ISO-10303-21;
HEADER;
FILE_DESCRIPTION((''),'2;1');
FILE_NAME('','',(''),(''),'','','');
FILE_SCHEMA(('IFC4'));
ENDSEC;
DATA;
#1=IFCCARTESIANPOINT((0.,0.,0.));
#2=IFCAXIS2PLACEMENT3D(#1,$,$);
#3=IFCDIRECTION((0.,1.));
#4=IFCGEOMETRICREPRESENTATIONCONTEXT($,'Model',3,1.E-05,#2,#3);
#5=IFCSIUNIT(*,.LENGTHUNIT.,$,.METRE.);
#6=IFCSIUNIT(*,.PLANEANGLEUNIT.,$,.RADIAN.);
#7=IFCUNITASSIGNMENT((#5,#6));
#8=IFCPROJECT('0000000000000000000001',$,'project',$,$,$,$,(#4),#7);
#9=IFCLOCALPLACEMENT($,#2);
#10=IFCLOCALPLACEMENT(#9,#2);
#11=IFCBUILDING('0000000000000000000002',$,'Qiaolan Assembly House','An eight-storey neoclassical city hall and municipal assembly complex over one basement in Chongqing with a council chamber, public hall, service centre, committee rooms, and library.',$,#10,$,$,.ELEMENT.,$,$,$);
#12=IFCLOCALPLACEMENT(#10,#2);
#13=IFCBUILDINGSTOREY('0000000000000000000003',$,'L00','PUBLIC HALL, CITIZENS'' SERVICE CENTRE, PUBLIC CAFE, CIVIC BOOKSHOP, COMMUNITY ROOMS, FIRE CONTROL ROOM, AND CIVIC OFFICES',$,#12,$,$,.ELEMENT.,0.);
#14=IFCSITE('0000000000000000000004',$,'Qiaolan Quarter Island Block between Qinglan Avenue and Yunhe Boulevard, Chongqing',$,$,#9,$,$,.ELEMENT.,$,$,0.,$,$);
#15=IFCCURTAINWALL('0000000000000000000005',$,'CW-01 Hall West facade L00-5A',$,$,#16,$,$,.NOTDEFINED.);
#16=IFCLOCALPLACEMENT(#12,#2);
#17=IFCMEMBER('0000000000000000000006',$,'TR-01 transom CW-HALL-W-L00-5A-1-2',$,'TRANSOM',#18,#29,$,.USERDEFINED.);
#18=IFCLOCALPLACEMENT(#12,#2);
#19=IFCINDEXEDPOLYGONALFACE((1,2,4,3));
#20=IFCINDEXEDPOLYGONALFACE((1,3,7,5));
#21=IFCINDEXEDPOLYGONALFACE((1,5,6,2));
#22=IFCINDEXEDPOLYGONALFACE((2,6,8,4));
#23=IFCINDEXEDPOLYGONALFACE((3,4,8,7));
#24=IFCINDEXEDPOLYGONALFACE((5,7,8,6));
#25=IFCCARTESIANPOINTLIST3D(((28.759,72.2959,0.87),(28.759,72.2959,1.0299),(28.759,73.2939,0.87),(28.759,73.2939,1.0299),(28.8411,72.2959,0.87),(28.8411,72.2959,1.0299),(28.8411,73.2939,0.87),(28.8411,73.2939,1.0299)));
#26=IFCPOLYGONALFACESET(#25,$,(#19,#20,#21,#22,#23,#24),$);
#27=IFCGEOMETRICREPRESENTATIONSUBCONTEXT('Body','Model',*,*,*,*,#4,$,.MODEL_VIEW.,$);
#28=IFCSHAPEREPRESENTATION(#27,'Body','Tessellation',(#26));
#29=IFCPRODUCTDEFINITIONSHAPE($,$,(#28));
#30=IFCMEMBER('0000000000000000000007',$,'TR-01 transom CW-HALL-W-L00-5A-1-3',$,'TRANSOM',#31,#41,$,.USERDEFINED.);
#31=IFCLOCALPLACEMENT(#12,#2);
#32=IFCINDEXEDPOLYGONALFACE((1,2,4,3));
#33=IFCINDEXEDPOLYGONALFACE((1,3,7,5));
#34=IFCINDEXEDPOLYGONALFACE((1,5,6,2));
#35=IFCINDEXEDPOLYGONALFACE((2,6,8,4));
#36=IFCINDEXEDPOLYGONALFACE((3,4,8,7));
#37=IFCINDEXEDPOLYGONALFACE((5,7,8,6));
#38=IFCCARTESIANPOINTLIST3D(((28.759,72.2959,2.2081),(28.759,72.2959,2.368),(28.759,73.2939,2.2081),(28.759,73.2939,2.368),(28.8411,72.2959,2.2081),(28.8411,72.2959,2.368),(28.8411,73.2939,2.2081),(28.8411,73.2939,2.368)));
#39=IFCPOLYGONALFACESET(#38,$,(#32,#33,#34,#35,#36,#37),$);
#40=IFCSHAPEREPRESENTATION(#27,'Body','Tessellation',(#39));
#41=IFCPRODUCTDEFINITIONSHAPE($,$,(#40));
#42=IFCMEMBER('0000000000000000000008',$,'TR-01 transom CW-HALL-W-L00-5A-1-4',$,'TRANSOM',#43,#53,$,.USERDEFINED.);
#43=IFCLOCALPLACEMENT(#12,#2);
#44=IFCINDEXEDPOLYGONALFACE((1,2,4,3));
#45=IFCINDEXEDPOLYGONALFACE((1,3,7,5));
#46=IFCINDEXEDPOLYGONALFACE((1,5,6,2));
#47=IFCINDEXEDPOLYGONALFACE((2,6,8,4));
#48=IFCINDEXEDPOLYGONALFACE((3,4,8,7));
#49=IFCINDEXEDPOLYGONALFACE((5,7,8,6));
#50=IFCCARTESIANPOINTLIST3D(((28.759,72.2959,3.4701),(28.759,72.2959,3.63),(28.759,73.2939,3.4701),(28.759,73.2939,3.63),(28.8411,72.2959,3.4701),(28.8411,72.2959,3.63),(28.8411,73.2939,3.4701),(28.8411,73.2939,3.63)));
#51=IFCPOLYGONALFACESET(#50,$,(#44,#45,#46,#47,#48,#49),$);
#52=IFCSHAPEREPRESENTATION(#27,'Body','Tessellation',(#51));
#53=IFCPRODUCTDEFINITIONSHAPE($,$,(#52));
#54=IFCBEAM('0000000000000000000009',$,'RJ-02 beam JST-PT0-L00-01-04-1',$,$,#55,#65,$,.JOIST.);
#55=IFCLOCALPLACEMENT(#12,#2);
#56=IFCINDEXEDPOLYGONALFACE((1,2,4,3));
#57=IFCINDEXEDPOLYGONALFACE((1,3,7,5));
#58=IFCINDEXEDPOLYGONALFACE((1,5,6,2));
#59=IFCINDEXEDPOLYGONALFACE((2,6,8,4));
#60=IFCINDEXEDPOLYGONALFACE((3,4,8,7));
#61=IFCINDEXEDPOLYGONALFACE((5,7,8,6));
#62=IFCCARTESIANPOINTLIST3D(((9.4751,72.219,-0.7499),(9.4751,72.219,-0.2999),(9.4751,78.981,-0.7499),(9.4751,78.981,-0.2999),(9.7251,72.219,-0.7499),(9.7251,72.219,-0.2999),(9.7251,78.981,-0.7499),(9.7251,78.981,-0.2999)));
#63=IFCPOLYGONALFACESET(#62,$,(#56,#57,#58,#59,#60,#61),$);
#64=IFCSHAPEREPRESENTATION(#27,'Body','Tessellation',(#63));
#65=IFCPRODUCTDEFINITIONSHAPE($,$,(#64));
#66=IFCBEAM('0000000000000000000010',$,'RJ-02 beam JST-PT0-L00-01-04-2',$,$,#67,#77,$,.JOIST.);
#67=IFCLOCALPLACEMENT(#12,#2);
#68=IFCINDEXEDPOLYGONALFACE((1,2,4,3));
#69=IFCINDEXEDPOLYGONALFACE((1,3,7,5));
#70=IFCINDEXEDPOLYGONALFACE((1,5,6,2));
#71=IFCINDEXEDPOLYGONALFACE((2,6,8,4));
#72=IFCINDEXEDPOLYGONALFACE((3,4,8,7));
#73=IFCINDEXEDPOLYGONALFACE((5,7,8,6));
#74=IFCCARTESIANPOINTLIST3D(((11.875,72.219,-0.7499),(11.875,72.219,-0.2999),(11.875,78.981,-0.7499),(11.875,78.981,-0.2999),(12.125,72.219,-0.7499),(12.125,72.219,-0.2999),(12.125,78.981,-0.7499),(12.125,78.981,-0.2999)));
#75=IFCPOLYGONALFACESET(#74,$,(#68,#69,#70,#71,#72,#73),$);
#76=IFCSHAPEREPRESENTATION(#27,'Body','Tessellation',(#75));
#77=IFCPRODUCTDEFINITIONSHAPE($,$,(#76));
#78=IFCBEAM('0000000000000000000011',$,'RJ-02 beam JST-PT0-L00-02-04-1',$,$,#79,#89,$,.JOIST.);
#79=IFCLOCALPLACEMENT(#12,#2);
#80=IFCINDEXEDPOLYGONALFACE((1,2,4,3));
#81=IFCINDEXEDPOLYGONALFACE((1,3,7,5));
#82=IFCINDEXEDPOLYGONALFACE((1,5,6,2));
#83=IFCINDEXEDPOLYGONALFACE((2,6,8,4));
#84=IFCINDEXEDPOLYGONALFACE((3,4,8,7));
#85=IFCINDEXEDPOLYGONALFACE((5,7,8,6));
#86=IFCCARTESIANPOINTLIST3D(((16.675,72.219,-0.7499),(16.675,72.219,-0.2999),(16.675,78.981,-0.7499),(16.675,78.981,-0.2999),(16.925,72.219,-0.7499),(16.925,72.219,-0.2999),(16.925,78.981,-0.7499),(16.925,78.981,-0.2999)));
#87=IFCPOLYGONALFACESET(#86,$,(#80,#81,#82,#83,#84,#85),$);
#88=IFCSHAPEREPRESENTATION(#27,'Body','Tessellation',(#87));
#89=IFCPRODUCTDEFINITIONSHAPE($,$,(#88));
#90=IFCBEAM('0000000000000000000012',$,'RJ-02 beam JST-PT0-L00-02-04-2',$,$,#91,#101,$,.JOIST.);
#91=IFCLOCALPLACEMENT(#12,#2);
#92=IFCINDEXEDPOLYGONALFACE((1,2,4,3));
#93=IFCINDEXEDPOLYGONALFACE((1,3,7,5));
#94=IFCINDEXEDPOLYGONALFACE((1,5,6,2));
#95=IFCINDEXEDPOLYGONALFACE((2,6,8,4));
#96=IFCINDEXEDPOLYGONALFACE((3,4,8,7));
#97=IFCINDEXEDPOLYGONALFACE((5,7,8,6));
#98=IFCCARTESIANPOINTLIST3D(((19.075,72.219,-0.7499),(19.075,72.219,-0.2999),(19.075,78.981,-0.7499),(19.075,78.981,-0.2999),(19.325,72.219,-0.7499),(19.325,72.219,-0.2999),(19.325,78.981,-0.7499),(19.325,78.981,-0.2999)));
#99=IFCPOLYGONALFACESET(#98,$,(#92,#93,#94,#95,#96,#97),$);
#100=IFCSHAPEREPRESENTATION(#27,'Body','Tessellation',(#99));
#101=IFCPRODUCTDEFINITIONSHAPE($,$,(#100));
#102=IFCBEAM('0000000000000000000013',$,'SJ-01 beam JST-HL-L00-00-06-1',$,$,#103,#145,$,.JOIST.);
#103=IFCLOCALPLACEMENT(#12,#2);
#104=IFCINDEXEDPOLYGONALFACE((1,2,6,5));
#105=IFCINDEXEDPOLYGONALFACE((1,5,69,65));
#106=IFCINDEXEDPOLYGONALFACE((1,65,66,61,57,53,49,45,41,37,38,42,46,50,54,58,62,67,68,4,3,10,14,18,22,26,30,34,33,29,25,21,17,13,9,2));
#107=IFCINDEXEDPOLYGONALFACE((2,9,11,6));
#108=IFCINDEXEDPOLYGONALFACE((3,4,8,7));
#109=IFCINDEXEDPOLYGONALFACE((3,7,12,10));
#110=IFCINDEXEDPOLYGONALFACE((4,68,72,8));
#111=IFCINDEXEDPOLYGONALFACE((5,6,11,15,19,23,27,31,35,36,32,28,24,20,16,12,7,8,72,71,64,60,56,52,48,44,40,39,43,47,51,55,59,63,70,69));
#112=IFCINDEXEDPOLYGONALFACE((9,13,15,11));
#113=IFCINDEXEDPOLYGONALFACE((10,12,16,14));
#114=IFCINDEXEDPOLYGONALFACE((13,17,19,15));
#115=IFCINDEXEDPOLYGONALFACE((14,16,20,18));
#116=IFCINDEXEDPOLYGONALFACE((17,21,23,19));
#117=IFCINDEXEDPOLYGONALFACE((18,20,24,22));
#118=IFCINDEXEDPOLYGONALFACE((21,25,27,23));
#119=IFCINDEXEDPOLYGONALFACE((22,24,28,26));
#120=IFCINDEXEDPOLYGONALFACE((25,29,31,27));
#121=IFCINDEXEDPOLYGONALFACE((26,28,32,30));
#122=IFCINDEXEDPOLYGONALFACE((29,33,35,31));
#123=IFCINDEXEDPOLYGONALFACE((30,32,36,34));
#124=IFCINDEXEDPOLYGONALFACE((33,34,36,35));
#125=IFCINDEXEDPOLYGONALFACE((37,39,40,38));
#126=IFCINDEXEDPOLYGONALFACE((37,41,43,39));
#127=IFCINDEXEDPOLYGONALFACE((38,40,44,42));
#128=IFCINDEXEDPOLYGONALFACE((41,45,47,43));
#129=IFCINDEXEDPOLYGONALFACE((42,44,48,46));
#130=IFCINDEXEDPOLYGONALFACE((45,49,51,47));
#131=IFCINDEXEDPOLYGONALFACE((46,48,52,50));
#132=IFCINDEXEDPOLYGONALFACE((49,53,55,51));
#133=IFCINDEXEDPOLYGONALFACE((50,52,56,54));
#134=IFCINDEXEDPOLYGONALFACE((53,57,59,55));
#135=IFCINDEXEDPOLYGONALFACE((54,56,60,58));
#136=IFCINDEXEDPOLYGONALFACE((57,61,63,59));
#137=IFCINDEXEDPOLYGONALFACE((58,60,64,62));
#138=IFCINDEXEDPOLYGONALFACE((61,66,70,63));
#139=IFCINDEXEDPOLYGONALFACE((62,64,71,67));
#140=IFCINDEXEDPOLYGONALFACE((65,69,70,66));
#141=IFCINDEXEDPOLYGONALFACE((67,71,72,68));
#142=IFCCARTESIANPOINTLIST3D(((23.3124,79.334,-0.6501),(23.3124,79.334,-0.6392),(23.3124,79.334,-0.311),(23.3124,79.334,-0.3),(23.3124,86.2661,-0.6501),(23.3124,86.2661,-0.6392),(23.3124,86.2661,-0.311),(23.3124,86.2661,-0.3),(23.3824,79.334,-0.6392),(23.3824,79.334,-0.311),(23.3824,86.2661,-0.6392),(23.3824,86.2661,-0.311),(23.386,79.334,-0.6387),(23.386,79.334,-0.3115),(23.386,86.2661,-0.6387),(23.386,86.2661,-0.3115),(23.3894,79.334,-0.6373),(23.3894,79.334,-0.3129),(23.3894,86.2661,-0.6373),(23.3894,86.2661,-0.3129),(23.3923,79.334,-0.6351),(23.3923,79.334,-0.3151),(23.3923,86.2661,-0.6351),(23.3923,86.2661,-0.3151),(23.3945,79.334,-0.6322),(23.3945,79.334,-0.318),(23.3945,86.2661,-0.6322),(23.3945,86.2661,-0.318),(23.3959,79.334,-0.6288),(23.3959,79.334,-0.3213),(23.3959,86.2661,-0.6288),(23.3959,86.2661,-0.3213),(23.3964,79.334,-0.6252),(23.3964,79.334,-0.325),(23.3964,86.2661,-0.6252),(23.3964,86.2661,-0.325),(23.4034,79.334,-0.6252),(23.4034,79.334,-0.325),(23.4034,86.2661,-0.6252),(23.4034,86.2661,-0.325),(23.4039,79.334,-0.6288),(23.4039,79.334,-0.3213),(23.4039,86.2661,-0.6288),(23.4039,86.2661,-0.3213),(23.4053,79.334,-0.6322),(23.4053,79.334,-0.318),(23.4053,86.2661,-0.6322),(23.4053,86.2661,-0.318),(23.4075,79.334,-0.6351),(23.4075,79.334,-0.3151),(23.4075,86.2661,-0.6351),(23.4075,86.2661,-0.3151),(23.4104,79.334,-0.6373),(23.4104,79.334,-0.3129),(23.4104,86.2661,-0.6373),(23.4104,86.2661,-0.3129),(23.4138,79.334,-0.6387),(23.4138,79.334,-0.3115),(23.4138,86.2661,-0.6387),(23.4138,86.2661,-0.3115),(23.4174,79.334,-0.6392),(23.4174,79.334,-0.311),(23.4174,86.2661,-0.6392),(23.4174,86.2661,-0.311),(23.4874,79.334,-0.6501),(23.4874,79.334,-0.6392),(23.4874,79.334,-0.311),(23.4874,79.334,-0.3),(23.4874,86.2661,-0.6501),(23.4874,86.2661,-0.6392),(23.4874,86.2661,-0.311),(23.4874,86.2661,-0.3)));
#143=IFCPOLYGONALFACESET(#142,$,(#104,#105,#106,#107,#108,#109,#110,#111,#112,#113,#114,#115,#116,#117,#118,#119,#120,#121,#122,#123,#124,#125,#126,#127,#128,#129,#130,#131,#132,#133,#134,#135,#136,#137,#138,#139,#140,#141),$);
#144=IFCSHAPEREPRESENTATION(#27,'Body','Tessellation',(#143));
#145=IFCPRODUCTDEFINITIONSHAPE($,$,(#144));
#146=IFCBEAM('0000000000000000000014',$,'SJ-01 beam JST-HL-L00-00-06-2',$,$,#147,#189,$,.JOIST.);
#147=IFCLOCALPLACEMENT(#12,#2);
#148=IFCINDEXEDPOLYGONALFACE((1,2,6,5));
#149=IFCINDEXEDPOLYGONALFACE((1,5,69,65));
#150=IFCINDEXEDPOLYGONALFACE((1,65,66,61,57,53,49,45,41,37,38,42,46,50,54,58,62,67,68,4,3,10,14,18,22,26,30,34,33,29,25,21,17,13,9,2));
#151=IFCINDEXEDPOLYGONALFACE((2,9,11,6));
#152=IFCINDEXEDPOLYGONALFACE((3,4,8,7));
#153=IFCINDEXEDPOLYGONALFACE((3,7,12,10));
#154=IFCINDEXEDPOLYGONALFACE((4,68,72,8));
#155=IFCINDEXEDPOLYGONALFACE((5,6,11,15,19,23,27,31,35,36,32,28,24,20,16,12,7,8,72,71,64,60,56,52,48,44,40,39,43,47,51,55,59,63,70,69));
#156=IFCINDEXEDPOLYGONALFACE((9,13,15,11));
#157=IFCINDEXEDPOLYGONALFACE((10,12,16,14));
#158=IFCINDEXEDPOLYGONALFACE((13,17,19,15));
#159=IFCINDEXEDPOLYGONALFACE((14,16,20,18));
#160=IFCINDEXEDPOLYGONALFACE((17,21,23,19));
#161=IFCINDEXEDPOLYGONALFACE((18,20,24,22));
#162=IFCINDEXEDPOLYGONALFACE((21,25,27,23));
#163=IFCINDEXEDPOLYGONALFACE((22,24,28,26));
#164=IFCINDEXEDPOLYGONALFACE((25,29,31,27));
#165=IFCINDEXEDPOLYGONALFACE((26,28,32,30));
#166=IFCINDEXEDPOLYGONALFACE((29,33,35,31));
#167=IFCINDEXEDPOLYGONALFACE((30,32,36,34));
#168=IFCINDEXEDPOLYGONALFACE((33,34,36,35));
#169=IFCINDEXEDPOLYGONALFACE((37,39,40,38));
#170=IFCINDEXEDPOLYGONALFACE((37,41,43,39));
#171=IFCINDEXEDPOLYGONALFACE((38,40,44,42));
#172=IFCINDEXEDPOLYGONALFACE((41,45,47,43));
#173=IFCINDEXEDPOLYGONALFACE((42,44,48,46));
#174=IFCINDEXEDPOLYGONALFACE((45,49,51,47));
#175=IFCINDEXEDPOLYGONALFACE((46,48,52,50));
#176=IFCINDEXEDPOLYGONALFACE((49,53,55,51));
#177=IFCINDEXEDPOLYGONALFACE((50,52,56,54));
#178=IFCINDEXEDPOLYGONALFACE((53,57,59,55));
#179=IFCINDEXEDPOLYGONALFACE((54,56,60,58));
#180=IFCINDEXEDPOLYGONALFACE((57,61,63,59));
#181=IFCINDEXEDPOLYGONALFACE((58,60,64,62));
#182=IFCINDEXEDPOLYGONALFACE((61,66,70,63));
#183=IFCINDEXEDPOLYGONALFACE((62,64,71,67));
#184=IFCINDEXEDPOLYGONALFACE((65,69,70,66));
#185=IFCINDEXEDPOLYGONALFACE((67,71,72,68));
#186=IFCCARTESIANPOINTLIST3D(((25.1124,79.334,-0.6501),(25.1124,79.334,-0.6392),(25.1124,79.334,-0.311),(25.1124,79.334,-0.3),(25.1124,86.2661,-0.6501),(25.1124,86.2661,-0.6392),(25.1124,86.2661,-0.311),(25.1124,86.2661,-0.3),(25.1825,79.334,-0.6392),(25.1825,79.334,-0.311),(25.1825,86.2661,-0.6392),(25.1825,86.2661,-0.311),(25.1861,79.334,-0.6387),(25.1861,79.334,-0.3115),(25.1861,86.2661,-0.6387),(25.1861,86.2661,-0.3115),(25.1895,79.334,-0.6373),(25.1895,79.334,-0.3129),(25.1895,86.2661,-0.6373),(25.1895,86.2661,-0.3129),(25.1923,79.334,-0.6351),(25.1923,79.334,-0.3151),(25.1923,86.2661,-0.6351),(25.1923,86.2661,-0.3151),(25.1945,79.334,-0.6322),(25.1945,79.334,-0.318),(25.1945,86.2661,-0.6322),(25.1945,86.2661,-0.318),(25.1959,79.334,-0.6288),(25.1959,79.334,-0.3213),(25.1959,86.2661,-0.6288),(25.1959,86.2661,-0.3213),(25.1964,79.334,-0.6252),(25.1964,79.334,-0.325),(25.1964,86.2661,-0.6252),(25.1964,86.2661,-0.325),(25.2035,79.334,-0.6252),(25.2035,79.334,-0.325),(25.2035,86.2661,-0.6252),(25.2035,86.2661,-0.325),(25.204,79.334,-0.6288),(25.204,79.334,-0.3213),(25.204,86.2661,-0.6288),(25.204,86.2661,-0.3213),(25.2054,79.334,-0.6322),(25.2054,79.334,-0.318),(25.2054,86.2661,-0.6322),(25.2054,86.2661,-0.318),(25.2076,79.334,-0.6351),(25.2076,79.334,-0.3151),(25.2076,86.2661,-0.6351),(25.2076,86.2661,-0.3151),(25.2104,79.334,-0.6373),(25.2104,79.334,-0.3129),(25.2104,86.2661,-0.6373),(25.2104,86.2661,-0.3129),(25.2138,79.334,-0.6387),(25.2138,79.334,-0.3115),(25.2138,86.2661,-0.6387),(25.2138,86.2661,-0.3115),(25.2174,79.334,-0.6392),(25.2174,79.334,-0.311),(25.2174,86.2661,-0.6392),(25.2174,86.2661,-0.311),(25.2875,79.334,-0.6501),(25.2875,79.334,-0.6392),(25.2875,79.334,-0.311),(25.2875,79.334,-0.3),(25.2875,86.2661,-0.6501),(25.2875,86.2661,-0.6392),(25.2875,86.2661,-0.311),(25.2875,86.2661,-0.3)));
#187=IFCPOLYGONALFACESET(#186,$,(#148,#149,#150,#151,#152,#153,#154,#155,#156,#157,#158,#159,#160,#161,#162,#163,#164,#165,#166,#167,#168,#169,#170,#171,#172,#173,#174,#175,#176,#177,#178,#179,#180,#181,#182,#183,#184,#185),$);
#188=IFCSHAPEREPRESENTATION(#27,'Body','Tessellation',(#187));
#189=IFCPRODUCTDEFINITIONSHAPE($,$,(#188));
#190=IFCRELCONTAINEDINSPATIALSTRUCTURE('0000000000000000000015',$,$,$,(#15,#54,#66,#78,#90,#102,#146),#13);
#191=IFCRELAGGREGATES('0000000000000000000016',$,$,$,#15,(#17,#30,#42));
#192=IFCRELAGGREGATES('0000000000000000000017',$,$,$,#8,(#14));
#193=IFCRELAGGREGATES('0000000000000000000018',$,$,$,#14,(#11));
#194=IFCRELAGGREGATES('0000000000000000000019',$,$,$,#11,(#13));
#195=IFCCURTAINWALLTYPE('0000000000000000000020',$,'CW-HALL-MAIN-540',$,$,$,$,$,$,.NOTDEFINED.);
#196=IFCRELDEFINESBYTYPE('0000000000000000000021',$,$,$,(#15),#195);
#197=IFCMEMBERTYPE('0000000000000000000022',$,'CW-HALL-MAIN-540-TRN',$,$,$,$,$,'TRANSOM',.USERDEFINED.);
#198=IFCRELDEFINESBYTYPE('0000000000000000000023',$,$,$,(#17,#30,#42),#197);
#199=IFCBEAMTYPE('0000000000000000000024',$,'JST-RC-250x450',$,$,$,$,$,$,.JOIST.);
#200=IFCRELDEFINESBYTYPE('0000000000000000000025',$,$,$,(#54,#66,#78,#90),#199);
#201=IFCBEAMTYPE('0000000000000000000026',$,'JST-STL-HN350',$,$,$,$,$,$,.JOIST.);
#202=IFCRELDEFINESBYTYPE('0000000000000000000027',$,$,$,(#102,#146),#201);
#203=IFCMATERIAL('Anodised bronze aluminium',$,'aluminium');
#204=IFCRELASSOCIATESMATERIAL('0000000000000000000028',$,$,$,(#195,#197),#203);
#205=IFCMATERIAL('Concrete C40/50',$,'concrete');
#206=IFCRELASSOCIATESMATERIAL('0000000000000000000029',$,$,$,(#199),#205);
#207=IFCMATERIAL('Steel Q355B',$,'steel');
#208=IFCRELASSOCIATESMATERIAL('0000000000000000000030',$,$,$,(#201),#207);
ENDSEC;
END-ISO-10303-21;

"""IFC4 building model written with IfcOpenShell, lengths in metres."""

from ifc_helpers import new_model, si_unit, direction, frame, origin, origin_2d, place, context, subcontext, project, spatial, rectangle, i_section, extrude, material, material_profile, profile_set, type_object, element, aggregate, save


model = new_model("IFC4")

# Units and contexts
model_context = context("Model", 3, precision=1e-05, world=origin(), true_north=direction((0.0, 1.0)))
body_context = subcontext(model_context, "Body", "Model", "MODEL_VIEW")
ifc_project = project(units=[si_unit("LENGTHUNIT", "METRE"), si_unit("PLANEANGLEUNIT", "RADIAN")], contexts=[model_context])

# Site, building, storey
site_placement = place(None, origin())
site = spatial("IfcSite", under=ifc_project, at=site_placement, Name="Qiaolan Quarter Island Block between Qinglan Avenue and Yunhe Boulevard, Chongqing", CompositionType="ELEMENT", RefElevation=0.0)
building_placement = place(site_placement, origin())
building = spatial("IfcBuilding", under=site, at=building_placement, Name="Qiaolan Assembly House", Description="An eight-storey neoclassical city hall and municipal assembly complex over one basement in Chongqing with a council chamber, public hall, service centre, committee rooms, and library.", CompositionType="ELEMENT")
storey_placement = place(building_placement, origin())
storey = spatial("IfcBuildingStorey", under=building, at=storey_placement, Name="L00", Description="PUBLIC HALL, CITIZENS' SERVICE CENTRE, PUBLIC CAFE, CIVIC BOOKSHOP, COMMUNITY ROOMS, FIRE CONTROL ROOM, AND CIVIC OFFICES", CompositionType="ELEMENT", Elevation=0.0)

# Shared definitions
ifc_material_1 = material(Name="Steel Q355B", Category="steel")

# Shared definitions
ifc_material_2 = material(Name="Concrete C40/50", Category="concrete")

# Curtain wall, members
ifc_material_3 = material(Name="Anodised bronze aluminium", Category="aluminium")
curtain_wall_type = type_object("IfcCurtainWallType", Name="CW-HALL-MAIN-540", PredefinedType="NOTDEFINED", material=ifc_material_3)
curtain_wall_placement = place(storey_placement, origin())
curtain_wall = element("IfcCurtainWall", 1, at=curtain_wall_placement, inside=storey, type_object=curtain_wall_type, Name="CW-01 Hall West facade L00-5A", PredefinedType="NOTDEFINED")
ifc_material_profile_1 = material_profile(ifc_material_3, rectangle(XDim=0.082, YDim=0.1599, at=origin_2d()), Name="TRN 82x160")
ifc_profile_set_1 = profile_set([ifc_material_profile_1], Name="Anodised bronze aluminium")
member_type_1 = type_object("IfcMemberType", Name="CW-HALL-MAIN-540-TRN", ElementType="TRANSOM", PredefinedType="USERDEFINED", material=ifc_profile_set_1)
member_1_placement = place(storey_placement, frame((28.8, 72.2959, 0.95), z_axis=(0.0, 1.0, 0.0), x_axis=(-1.0, 0.0, 0.0)))
member_1 = element("IfcMember", 2, at=member_1_placement, type_object=member_type_1, Name="TR-01 transom CW-HALL-W-L00-5A-1-2", ObjectType="TRANSOM", PredefinedType="USERDEFINED", context=body_context, shape_type="SweptSolid", body=[
    extrude(rectangle(XDim=0.082, YDim=0.1599, at=origin_2d()), origin(), (0.0, 0.0, 1.0), 0.998),
])
member_2_placement = place(storey_placement, frame((28.8, 72.2959, 2.2881), z_axis=(0.0, 1.0, 0.0), x_axis=(-1.0, 0.0, 0.0)))
member_2 = element("IfcMember", 3, at=member_2_placement, type_object=member_type_1, Name="TR-01 transom CW-HALL-W-L00-5A-1-3", ObjectType="TRANSOM", PredefinedType="USERDEFINED", context=body_context, shape_type="SweptSolid", body=[
    extrude(rectangle(XDim=0.082, YDim=0.1599, at=origin_2d()), origin(), (0.0, 0.0, 1.0), 0.998),
])
member_3_placement = place(storey_placement, frame((28.8, 72.2959, 3.55), z_axis=(0.0, 1.0, 0.0), x_axis=(-1.0, 0.0, 0.0)))
member_3 = element("IfcMember", 4, at=member_3_placement, type_object=member_type_1, Name="TR-01 transom CW-HALL-W-L00-5A-1-4", ObjectType="TRANSOM", PredefinedType="USERDEFINED", context=body_context, shape_type="SweptSolid", body=[
    extrude(rectangle(XDim=0.082, YDim=0.1599, at=origin_2d()), origin(), (0.0, 0.0, 1.0), 0.998),
])

# Beams
ifc_material_profile_2 = material_profile(ifc_material_2, rectangle(XDim=0.25, YDim=0.45, at=origin_2d()), Name="RCB 250x450")
ifc_profile_set_2 = profile_set([ifc_material_profile_2], Name="Concrete C40/50")
beam_type_1 = type_object("IfcBeamType", Name="JST-RC-250x450", PredefinedType="JOIST", material=ifc_profile_set_2)
for number, where, z_axis, x_axis, name in (
    (5, (9.6001, 72.219, -0.5249), (0.0, 1.0, 0.0), (-1.0, 0.0, 0.0), "RJ-02 beam JST-PT0-L00-01-04-1"),
    (6, (12.0, 72.219, -0.5249), (0.0, 1.0, 0.0), (-1.0, 0.0, 0.0), "RJ-02 beam JST-PT0-L00-01-04-2"),
    (7, (16.8, 72.219, -0.5249), (0.0, 1.0, 0.0), (-1.0, 0.0, 0.0), "RJ-02 beam JST-PT0-L00-02-04-1"),
    (8, (19.2, 72.219, -0.5249), (0.0, 1.0, 0.0), (-1.0, 0.0, 0.0), "RJ-02 beam JST-PT0-L00-02-04-2"),
):
    element("IfcBeam", number, at=place(storey_placement, frame(where, z_axis=z_axis, x_axis=x_axis)), inside=storey, type_object=beam_type_1, Name=name, PredefinedType="JOIST", context=body_context, shape_type="SweptSolid", body=[
        extrude(rectangle(XDim=0.25, YDim=0.45, at=origin_2d()), origin(), (0.0, 0.0, 1.0), 6.762),
    ])
ifc_material_profile_3 = material_profile(ifc_material_1, i_section(OverallWidth=0.175, OverallDepth=0.3501, WebThickness=0.0071, FlangeThickness=0.011, FilletRadius=0.0139, at=origin_2d()), Name="HN 350x175x7x11")
ifc_profile_set_3 = profile_set([ifc_material_profile_3], Name="Steel Q355B")
beam_type_2 = type_object("IfcBeamType", Name="JST-STL-HN350", PredefinedType="JOIST", material=ifc_profile_set_3)
for number, where, z_axis, x_axis, name in (
    (9, (23.3999, 79.334, -0.4751), (0.0, 1.0, 0.0), (-1.0, 0.0, 0.0), "SJ-01 beam JST-HL-L00-00-06-1"),
    (10, (25.2, 79.334, -0.4751), (0.0, 1.0, 0.0), (-1.0, 0.0, 0.0), "SJ-01 beam JST-HL-L00-00-06-2"),
):
    element("IfcBeam", number, at=place(storey_placement, frame(where, z_axis=z_axis, x_axis=x_axis)), inside=storey, type_object=beam_type_2, Name=name, PredefinedType="JOIST", context=body_context, shape_type="SweptSolid", body=[
        extrude(i_section(OverallWidth=0.175, OverallDepth=0.3501, WebThickness=0.0071, FlangeThickness=0.011, FilletRadius=0.0139, at=origin_2d()), origin(), (0.0, 0.0, 1.0), 6.9321),
    ])

aggregate(curtain_wall, [member_1, member_2, member_3])

save(model, "model.ifc")
